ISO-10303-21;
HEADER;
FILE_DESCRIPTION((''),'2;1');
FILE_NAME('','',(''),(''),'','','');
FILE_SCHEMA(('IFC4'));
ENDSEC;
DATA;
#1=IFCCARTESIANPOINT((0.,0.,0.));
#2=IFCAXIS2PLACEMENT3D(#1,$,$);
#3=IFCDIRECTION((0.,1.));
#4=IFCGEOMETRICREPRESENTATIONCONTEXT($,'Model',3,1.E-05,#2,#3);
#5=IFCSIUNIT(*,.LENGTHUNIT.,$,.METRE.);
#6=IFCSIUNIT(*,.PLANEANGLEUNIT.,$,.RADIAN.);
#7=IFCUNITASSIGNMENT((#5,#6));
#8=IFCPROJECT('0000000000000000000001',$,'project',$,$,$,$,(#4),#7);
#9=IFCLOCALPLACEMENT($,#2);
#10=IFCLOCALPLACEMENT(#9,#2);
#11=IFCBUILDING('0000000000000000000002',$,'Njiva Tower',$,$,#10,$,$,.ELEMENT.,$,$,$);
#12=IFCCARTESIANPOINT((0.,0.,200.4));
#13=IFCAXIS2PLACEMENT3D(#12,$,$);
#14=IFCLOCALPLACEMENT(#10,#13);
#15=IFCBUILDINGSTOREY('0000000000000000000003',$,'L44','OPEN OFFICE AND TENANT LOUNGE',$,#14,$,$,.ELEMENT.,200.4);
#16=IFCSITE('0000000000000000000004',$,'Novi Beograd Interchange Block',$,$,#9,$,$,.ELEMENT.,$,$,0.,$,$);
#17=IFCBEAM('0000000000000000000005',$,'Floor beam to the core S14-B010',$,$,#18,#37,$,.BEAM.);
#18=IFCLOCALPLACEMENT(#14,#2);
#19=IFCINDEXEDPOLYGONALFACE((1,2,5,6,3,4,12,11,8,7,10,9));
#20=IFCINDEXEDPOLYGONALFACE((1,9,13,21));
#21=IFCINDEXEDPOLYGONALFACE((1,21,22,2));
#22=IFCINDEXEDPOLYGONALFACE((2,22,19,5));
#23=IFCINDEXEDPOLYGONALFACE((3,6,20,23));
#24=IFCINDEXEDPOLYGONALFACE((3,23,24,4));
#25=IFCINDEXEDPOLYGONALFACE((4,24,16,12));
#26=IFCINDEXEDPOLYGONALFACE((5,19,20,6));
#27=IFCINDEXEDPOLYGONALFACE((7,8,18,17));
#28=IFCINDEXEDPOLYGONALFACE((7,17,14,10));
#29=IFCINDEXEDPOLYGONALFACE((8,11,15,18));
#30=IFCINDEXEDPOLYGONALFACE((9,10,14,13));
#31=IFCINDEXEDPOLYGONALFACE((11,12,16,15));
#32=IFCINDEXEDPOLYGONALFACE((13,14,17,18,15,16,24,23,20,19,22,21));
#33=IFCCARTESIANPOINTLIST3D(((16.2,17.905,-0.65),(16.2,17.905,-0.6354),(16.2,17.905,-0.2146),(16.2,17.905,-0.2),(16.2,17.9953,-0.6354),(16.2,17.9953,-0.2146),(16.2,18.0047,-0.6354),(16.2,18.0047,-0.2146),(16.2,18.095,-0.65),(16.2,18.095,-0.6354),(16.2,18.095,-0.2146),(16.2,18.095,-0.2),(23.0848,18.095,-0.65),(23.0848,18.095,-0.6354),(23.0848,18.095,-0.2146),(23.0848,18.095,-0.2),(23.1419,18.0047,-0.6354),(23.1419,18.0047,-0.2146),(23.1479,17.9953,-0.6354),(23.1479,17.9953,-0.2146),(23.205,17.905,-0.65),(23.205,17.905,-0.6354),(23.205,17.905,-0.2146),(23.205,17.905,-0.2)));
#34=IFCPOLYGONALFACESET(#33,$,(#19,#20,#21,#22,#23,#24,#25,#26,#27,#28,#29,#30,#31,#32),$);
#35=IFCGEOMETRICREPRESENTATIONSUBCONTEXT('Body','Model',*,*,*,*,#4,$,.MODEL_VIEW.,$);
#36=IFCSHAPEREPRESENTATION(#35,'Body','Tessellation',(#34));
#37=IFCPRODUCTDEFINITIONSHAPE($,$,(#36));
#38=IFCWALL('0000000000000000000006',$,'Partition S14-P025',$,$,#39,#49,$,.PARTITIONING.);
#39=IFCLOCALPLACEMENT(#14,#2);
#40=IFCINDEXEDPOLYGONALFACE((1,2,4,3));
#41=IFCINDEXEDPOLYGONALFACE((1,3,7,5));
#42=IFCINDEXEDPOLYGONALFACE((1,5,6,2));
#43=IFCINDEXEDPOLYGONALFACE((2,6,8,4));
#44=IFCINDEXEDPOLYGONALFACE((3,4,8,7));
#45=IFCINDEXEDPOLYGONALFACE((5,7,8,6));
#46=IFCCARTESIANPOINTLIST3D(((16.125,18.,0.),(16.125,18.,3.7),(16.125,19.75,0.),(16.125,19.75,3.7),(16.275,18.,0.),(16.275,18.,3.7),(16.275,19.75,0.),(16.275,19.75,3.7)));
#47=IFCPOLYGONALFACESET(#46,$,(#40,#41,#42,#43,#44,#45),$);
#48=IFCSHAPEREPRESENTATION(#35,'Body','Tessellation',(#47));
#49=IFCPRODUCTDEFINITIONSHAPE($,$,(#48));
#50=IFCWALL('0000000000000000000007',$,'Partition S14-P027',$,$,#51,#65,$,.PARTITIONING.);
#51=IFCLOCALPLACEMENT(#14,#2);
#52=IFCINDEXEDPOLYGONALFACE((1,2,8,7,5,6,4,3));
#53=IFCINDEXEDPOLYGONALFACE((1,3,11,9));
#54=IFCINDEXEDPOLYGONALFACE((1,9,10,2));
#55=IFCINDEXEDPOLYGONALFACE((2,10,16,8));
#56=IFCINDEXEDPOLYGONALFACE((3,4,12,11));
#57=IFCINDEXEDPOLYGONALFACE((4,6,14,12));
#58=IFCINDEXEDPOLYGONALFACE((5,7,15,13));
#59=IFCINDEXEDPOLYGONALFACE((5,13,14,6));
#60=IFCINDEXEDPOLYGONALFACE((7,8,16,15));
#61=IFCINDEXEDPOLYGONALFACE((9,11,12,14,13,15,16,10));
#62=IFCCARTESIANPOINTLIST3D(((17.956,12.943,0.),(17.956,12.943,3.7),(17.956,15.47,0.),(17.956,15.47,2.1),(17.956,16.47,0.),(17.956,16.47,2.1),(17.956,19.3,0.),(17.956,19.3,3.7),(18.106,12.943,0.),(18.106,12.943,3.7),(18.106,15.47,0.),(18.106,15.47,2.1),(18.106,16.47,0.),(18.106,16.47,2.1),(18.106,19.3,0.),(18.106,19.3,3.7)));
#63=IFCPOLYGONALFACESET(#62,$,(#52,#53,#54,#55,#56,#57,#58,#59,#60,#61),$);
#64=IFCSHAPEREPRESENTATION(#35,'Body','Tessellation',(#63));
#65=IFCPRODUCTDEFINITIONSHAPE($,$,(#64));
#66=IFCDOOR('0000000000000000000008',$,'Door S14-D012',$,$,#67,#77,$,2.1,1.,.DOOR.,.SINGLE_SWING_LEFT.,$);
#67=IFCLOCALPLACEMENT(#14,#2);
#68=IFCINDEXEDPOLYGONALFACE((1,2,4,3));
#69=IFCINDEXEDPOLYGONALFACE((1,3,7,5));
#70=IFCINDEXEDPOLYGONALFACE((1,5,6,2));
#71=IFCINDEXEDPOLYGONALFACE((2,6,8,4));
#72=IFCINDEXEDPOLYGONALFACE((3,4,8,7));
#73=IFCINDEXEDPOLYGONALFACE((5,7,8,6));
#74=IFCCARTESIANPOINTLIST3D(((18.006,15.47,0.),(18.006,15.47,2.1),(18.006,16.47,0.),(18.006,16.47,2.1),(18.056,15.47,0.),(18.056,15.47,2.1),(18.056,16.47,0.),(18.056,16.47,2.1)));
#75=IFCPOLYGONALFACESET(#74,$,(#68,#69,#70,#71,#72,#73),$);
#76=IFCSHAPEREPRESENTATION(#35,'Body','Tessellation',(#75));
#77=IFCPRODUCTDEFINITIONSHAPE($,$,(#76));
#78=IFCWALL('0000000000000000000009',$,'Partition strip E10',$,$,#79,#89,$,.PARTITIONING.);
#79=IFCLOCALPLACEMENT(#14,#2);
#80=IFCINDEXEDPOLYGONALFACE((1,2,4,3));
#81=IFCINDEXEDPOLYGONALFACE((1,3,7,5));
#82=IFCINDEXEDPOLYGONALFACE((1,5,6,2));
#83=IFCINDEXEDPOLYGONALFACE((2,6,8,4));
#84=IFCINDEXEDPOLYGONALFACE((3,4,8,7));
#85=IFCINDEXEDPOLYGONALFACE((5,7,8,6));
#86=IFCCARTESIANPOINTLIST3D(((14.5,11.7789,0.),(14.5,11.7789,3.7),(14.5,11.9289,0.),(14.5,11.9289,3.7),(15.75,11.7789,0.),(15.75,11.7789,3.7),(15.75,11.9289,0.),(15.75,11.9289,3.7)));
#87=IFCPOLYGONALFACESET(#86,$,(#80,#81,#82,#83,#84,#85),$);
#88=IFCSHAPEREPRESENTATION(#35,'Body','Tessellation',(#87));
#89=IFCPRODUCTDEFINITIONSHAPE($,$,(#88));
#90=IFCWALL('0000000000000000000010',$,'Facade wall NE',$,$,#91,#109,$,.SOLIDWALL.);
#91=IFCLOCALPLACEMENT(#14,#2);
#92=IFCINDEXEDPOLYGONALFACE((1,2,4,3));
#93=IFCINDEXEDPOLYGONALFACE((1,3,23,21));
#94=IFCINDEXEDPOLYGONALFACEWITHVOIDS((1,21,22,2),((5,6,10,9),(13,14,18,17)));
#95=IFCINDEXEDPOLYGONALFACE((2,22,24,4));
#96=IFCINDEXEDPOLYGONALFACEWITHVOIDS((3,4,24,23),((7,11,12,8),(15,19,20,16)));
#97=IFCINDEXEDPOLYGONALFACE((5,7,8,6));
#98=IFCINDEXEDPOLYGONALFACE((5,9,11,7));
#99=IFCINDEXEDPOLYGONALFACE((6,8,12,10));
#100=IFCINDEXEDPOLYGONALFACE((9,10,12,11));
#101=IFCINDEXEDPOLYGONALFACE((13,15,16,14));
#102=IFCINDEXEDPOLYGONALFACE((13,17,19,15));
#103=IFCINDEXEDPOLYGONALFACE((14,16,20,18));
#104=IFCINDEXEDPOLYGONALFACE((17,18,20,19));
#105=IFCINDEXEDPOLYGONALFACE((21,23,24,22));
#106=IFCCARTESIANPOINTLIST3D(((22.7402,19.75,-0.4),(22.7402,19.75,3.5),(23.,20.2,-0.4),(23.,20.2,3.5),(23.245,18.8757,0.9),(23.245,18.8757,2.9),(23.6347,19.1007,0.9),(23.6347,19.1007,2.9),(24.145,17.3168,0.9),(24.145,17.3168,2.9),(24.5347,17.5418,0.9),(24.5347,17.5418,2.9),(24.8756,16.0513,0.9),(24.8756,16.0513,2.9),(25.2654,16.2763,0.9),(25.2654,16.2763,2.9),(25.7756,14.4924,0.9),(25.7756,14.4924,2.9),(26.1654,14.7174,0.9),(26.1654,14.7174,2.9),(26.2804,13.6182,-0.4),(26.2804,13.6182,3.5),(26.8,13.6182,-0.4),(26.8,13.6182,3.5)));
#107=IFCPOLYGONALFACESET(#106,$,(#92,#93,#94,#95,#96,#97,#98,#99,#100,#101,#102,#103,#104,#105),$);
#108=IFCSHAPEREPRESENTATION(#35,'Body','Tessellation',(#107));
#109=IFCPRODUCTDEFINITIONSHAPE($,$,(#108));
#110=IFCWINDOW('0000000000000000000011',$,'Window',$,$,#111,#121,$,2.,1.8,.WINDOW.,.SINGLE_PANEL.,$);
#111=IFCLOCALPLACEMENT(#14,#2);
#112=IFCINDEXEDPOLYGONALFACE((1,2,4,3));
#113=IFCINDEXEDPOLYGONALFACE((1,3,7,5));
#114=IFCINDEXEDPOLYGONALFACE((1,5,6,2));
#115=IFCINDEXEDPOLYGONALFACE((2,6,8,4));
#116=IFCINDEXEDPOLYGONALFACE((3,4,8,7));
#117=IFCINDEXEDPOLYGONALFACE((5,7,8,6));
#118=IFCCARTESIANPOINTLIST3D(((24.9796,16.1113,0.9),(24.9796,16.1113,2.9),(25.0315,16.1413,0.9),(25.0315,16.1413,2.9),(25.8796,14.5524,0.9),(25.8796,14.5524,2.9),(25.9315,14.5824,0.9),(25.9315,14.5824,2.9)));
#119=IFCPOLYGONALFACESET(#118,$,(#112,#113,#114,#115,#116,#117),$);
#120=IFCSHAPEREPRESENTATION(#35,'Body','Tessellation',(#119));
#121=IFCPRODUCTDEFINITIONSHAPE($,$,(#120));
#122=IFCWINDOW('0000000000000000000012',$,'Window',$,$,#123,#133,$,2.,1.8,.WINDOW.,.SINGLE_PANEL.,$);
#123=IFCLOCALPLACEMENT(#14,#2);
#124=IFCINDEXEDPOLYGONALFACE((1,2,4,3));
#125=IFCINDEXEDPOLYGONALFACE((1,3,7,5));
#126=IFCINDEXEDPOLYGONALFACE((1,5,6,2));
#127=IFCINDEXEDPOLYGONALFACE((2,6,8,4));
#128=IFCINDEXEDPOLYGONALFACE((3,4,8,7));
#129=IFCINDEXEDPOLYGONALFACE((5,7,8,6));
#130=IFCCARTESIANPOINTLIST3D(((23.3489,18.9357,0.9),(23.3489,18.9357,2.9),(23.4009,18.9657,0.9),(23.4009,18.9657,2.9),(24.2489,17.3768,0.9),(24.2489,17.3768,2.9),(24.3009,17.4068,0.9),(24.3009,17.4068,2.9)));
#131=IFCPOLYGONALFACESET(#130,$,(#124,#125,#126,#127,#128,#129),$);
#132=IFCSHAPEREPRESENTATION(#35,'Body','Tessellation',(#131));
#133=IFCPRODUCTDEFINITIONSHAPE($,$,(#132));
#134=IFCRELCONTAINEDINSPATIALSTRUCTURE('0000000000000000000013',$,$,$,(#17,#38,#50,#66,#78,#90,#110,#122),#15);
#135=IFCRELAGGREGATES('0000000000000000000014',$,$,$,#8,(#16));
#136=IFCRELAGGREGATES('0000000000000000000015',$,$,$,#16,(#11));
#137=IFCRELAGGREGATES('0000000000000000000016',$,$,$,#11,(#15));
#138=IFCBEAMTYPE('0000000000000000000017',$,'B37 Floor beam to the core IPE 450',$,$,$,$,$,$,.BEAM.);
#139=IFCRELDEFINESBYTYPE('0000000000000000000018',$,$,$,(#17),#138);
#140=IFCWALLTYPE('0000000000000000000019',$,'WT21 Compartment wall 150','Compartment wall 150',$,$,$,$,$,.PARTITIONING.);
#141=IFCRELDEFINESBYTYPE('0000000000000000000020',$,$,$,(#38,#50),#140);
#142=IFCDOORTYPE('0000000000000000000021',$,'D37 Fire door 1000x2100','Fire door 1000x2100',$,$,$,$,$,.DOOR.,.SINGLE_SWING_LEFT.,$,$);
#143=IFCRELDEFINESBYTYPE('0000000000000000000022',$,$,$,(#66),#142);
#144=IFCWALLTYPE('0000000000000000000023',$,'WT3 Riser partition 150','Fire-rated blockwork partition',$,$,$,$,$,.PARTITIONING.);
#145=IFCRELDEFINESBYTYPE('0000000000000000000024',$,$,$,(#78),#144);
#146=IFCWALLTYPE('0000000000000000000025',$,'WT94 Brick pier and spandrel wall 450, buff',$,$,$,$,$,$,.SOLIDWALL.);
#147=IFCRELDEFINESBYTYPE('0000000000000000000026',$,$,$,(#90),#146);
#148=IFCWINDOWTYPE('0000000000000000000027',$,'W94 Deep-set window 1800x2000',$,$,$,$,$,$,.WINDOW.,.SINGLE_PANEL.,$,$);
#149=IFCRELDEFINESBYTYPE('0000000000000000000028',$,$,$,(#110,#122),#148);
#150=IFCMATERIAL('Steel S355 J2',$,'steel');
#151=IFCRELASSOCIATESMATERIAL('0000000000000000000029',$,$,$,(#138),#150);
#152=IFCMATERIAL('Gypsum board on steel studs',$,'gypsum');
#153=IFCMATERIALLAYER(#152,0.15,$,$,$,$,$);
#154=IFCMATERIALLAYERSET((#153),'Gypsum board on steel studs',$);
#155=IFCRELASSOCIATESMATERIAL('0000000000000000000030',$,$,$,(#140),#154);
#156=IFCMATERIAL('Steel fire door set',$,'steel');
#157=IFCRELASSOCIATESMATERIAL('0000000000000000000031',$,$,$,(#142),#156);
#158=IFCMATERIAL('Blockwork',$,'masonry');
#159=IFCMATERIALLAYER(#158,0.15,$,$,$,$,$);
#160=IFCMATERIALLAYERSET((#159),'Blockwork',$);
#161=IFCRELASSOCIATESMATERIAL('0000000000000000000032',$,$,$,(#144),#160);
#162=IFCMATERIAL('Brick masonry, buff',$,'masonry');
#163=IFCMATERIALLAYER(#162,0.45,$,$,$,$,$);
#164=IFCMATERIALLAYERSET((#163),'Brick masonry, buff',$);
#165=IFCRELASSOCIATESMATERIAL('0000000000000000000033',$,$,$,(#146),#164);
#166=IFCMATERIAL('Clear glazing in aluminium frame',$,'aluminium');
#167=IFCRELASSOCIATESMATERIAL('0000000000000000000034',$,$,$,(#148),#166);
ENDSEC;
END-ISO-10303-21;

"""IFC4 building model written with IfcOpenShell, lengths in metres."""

from ifc_helpers import new_model, si_unit, direction, frame, frame_2d, origin, origin_2d, place, context, subcontext, project, spatial, polyline, rectangle, i_section, outline, extrude, clip, halfspace, material, layer, layer_set, material_profile, profile_set, type_object, element, fill, save


model = new_model("IFC4")

# Units and contexts
model_context = context("Model", 3, precision=1e-05, world=origin(), true_north=direction((0.0, 1.0)))
body_context = subcontext(model_context, "Body", "Model", "MODEL_VIEW")
ifc_project = project(units=[si_unit("LENGTHUNIT", "METRE"), si_unit("PLANEANGLEUNIT", "RADIAN")], contexts=[model_context])

# Site, building, storey
site_placement = place(None, origin())
site = spatial("IfcSite", under=ifc_project, at=site_placement, Name="Novi Beograd Interchange Block", CompositionType="ELEMENT", RefElevation=0.0)
building_placement = place(site_placement, origin())
building = spatial("IfcBuilding", under=site, at=building_placement, Name="Njiva Tower", CompositionType="ELEMENT")
storey_placement = place(building_placement, frame((0.0, 0.0, 200.4)))
storey = spatial("IfcBuildingStorey", under=building, at=storey_placement, Name="L44", Description="OPEN OFFICE AND TENANT LOUNGE", CompositionType="ELEMENT", Elevation=200.4)

# Shared definitions
ifc_material_1 = material(Name="Steel S355 J2", Category="steel")

# Beam
ifc_material_profile_1 = material_profile(ifc_material_1, i_section(OverallWidth=0.19, OverallDepth=0.45, WebThickness=0.0094, FlangeThickness=0.0146, at=origin_2d()), Name="IPE 450")
ifc_profile_set_1 = profile_set([ifc_material_profile_1], Name="Steel S355 J2")
beam_type_1 = type_object("IfcBeamType", Name="B37 Floor beam to the core IPE 450", PredefinedType="BEAM", material=ifc_profile_set_1)
beam_1_placement = place(storey_placement, frame((16.2, 18.0, -0.425), z_axis=(1.0, 0.0, 0.0), x_axis=(0.0, 1.0, 0.0)))
element("IfcBeam", 1, at=beam_1_placement, inside=storey, type_object=beam_type_1, Name="Floor beam to the core S14-B010", PredefinedType="BEAM", context=body_context, shape_type="Clipping", body=[
    clip(extrude(i_section(OverallWidth=0.19, OverallDepth=0.45, WebThickness=0.0094, FlangeThickness=0.0146, at=origin_2d()), origin(), (0.0, 0.0, 1.0), 7.025), halfspace(frame((0.0267, 0.0, 6.928), z_axis=(0.534902, 0.0, 0.844914), x_axis=(0.0, 1.0, 0.0)), False)),
])

# Wall
ifc_material_2 = material(Name="Gypsum board on steel studs", Category="gypsum")
ifc_layer_1 = layer(ifc_material_2, 0.15)
ifc_layer_set_1 = layer_set([ifc_layer_1], Name="Gypsum board on steel studs")
wall_type_1 = type_object("IfcWallType", Name="WT21 Compartment wall 150", Description="Compartment wall 150", PredefinedType="PARTITIONING", material=ifc_layer_set_1)
wall_1_placement = place(storey_placement, frame((16.2, 18.0, 0.0), z_axis=(0.0, 0.0, 1.0), x_axis=(0.0, 1.0, 0.0)))
element("IfcWall", 2, at=wall_1_placement, inside=storey, type_object=wall_type_1, Name="Partition S14-P025", PredefinedType="PARTITIONING", context=body_context, shape_type="SweptSolid", body=[
    extrude(rectangle(XDim=1.75, YDim=0.15, at=frame_2d((0.875, 0.0))), origin(), (0.0, 0.0, 1.0), 3.7),
])

# Wall, opening, door
wall_2_placement = place(storey_placement, frame((18.031, 12.943, 0.0), z_axis=(0.0, 0.0, 1.0), x_axis=(0.0, 1.0, 0.0)))
wall_2 = element("IfcWall", 3, at=wall_2_placement, inside=storey, type_object=wall_type_1, Name="Partition S14-P027", PredefinedType="PARTITIONING", context=body_context, shape_type="SweptSolid", body=[
    extrude(rectangle(XDim=6.357, YDim=0.15, at=frame_2d((3.1785, 0.0))), origin(), (0.0, 0.0, 1.0), 3.7),
])
opening_1_placement = place(wall_2_placement, frame((2.527, 0.0, 0.0)))
opening_1 = element("IfcOpeningElement", 4, at=opening_1_placement, cuts=wall_2, PredefinedType="OPENING", context=body_context, shape_type="SweptSolid", body=[
    extrude(rectangle(XDim=1.0, YDim=2.1, at=frame_2d((0.5, 1.05))), frame((0.0, 0.085, 0.0), z_axis=(0.0, -1.0, 0.0), x_axis=(1.0, 0.0, 0.0)), (0.0, 0.0, 1.0), 0.17),
])
ifc_material_3 = material(Name="Steel fire door set", Category="steel")
door_type = type_object("IfcDoorType", Name="D37 Fire door 1000x2100", Description="Fire door 1000x2100", OperationType="SINGLE_SWING_LEFT", PredefinedType="DOOR", material=ifc_material_3)
door_placement = place(opening_1_placement, origin())
door = element("IfcDoor", 5, at=door_placement, inside=storey, type_object=door_type, Name="Door S14-D012", OperationType="SINGLE_SWING_LEFT", OverallHeight=2.1, OverallWidth=1.0, PredefinedType="DOOR", context=body_context, shape_type="SweptSolid", body=[
    extrude(rectangle(XDim=1.0, YDim=2.1, at=frame_2d((0.5, 1.05))), frame((0.0, 0.025, 0.0), z_axis=(0.0, -1.0, 0.0), x_axis=(1.0, 0.0, 0.0)), (0.0, 0.0, 1.0), 0.05),
])
fill(opening_1, door)

# Wall
ifc_material_4 = material(Name="Blockwork", Category="masonry")
ifc_layer_2 = layer(ifc_material_4, 0.15)
ifc_layer_set_2 = layer_set([ifc_layer_2], Name="Blockwork")
wall_type_2 = type_object("IfcWallType", Name="WT3 Riser partition 150", Description="Fire-rated blockwork partition", PredefinedType="PARTITIONING", material=ifc_layer_set_2)
wall_3_placement = place(storey_placement, frame((14.5, 11.8539, 0.0), z_axis=(0.0, 0.0, 1.0), x_axis=(1.0, 0.0, 0.0)))
element("IfcWall", 6, at=wall_3_placement, inside=storey, type_object=wall_type_2, Name="Partition strip E10", PredefinedType="PARTITIONING", context=body_context, shape_type="SweptSolid", body=[
    extrude(rectangle(XDim=1.25, YDim=0.15, at=frame_2d((0.625, 0.0))), origin(), (0.0, 0.0, 1.0), 3.7),
])

# Wall, openings, windows
ifc_material_5 = material(Name="Clear glazing in aluminium frame", Category="aluminium")
ifc_material_6 = material(Name="Brick masonry, buff", Category="masonry")
ifc_layer_3 = layer(ifc_material_6, 0.45)
ifc_layer_set_3 = layer_set([ifc_layer_3], Name="Brick masonry, buff")
wall_type_3 = type_object("IfcWallType", Name="WT94 Brick pier and spandrel wall 450, buff", PredefinedType="SOLIDWALL", material=ifc_layer_set_3)
wall_4_placement = place(storey_placement, frame((26.5402, 13.6182, -0.4), z_axis=(0.0, 0.0, 1.0), x_axis=(-0.5, 0.866025, 0.0)))
wall_4 = element("IfcWall", 7, at=wall_4_placement, inside=storey, type_object=wall_type_3, Name="Facade wall NE", PredefinedType="SOLIDWALL", context=body_context, shape_type="SweptSolid", body=[
    extrude(outline(polyline([(-0.1299, -0.225), (7.4701, -0.225), (7.2103, 0.225), (0.1299, 0.225), (-0.1299, -0.225)])), origin(), (0.0, 0.0, 1.0), 3.9),
])
opening_2_placement = place(wall_4_placement, frame((1.1394, 0.0, 1.3)))
opening_2 = element("IfcOpeningElement", 8, at=opening_2_placement, cuts=wall_4, PredefinedType="OPENING", context=body_context, shape_type="SweptSolid", body=[
    extrude(rectangle(XDim=1.8, YDim=2.0, at=frame_2d((0.9, 1.0))), frame((0.0, 0.235, 0.0), z_axis=(0.0, -1.0, 0.0), x_axis=(1.0, 0.0, 0.0)), (0.0, 0.0, 1.0), 0.47),
])
opening_3_placement = place(wall_4_placement, frame((4.4007, 0.0, 1.3)))
opening_3 = element("IfcOpeningElement", 9, at=opening_3_placement, cuts=wall_4, PredefinedType="OPENING", context=body_context, shape_type="SweptSolid", body=[
    extrude(rectangle(XDim=1.8, YDim=2.0, at=frame_2d((0.9, 1.0))), frame((0.0, 0.235, 0.0), z_axis=(0.0, -1.0, 0.0), x_axis=(1.0, 0.0, 0.0)), (0.0, 0.0, 1.0), 0.47),
])
window_type_1 = type_object("IfcWindowType", Name="W94 Deep-set window 1800x2000", PartitioningType="SINGLE_PANEL", PredefinedType="WINDOW", material=ifc_material_5)
window_1_placement = place(opening_2_placement, origin())
window_1 = element("IfcWindow", 10, at=window_1_placement, inside=storey, type_object=window_type_1, Name="Window", OverallHeight=2.0, OverallWidth=1.8, PartitioningType="SINGLE_PANEL", PredefinedType="WINDOW", context=body_context, shape_type="SweptSolid", body=[
    extrude(rectangle(XDim=1.8, YDim=2.0, at=frame_2d((0.9, 1.0))), frame((0.0, 0.105, 0.0), z_axis=(0.0, -1.0, 0.0), x_axis=(1.0, 0.0, 0.0)), (0.0, 0.0, 1.0), 0.06),
])
fill(opening_2, window_1)
window_2_placement = place(opening_3_placement, origin())
window_2 = element("IfcWindow", 11, at=window_2_placement, inside=storey, type_object=window_type_1, Name="Window", OverallHeight=2.0, OverallWidth=1.8, PartitioningType="SINGLE_PANEL", PredefinedType="WINDOW", context=body_context, shape_type="SweptSolid", body=[
    extrude(rectangle(XDim=1.8, YDim=2.0, at=frame_2d((0.9, 1.0))), frame((0.0, 0.105, 0.0), z_axis=(0.0, -1.0, 0.0), x_axis=(1.0, 0.0, 0.0)), (0.0, 0.0, 1.0), 0.06),
])
fill(opening_3, window_2)

save(model, "model.ifc")
